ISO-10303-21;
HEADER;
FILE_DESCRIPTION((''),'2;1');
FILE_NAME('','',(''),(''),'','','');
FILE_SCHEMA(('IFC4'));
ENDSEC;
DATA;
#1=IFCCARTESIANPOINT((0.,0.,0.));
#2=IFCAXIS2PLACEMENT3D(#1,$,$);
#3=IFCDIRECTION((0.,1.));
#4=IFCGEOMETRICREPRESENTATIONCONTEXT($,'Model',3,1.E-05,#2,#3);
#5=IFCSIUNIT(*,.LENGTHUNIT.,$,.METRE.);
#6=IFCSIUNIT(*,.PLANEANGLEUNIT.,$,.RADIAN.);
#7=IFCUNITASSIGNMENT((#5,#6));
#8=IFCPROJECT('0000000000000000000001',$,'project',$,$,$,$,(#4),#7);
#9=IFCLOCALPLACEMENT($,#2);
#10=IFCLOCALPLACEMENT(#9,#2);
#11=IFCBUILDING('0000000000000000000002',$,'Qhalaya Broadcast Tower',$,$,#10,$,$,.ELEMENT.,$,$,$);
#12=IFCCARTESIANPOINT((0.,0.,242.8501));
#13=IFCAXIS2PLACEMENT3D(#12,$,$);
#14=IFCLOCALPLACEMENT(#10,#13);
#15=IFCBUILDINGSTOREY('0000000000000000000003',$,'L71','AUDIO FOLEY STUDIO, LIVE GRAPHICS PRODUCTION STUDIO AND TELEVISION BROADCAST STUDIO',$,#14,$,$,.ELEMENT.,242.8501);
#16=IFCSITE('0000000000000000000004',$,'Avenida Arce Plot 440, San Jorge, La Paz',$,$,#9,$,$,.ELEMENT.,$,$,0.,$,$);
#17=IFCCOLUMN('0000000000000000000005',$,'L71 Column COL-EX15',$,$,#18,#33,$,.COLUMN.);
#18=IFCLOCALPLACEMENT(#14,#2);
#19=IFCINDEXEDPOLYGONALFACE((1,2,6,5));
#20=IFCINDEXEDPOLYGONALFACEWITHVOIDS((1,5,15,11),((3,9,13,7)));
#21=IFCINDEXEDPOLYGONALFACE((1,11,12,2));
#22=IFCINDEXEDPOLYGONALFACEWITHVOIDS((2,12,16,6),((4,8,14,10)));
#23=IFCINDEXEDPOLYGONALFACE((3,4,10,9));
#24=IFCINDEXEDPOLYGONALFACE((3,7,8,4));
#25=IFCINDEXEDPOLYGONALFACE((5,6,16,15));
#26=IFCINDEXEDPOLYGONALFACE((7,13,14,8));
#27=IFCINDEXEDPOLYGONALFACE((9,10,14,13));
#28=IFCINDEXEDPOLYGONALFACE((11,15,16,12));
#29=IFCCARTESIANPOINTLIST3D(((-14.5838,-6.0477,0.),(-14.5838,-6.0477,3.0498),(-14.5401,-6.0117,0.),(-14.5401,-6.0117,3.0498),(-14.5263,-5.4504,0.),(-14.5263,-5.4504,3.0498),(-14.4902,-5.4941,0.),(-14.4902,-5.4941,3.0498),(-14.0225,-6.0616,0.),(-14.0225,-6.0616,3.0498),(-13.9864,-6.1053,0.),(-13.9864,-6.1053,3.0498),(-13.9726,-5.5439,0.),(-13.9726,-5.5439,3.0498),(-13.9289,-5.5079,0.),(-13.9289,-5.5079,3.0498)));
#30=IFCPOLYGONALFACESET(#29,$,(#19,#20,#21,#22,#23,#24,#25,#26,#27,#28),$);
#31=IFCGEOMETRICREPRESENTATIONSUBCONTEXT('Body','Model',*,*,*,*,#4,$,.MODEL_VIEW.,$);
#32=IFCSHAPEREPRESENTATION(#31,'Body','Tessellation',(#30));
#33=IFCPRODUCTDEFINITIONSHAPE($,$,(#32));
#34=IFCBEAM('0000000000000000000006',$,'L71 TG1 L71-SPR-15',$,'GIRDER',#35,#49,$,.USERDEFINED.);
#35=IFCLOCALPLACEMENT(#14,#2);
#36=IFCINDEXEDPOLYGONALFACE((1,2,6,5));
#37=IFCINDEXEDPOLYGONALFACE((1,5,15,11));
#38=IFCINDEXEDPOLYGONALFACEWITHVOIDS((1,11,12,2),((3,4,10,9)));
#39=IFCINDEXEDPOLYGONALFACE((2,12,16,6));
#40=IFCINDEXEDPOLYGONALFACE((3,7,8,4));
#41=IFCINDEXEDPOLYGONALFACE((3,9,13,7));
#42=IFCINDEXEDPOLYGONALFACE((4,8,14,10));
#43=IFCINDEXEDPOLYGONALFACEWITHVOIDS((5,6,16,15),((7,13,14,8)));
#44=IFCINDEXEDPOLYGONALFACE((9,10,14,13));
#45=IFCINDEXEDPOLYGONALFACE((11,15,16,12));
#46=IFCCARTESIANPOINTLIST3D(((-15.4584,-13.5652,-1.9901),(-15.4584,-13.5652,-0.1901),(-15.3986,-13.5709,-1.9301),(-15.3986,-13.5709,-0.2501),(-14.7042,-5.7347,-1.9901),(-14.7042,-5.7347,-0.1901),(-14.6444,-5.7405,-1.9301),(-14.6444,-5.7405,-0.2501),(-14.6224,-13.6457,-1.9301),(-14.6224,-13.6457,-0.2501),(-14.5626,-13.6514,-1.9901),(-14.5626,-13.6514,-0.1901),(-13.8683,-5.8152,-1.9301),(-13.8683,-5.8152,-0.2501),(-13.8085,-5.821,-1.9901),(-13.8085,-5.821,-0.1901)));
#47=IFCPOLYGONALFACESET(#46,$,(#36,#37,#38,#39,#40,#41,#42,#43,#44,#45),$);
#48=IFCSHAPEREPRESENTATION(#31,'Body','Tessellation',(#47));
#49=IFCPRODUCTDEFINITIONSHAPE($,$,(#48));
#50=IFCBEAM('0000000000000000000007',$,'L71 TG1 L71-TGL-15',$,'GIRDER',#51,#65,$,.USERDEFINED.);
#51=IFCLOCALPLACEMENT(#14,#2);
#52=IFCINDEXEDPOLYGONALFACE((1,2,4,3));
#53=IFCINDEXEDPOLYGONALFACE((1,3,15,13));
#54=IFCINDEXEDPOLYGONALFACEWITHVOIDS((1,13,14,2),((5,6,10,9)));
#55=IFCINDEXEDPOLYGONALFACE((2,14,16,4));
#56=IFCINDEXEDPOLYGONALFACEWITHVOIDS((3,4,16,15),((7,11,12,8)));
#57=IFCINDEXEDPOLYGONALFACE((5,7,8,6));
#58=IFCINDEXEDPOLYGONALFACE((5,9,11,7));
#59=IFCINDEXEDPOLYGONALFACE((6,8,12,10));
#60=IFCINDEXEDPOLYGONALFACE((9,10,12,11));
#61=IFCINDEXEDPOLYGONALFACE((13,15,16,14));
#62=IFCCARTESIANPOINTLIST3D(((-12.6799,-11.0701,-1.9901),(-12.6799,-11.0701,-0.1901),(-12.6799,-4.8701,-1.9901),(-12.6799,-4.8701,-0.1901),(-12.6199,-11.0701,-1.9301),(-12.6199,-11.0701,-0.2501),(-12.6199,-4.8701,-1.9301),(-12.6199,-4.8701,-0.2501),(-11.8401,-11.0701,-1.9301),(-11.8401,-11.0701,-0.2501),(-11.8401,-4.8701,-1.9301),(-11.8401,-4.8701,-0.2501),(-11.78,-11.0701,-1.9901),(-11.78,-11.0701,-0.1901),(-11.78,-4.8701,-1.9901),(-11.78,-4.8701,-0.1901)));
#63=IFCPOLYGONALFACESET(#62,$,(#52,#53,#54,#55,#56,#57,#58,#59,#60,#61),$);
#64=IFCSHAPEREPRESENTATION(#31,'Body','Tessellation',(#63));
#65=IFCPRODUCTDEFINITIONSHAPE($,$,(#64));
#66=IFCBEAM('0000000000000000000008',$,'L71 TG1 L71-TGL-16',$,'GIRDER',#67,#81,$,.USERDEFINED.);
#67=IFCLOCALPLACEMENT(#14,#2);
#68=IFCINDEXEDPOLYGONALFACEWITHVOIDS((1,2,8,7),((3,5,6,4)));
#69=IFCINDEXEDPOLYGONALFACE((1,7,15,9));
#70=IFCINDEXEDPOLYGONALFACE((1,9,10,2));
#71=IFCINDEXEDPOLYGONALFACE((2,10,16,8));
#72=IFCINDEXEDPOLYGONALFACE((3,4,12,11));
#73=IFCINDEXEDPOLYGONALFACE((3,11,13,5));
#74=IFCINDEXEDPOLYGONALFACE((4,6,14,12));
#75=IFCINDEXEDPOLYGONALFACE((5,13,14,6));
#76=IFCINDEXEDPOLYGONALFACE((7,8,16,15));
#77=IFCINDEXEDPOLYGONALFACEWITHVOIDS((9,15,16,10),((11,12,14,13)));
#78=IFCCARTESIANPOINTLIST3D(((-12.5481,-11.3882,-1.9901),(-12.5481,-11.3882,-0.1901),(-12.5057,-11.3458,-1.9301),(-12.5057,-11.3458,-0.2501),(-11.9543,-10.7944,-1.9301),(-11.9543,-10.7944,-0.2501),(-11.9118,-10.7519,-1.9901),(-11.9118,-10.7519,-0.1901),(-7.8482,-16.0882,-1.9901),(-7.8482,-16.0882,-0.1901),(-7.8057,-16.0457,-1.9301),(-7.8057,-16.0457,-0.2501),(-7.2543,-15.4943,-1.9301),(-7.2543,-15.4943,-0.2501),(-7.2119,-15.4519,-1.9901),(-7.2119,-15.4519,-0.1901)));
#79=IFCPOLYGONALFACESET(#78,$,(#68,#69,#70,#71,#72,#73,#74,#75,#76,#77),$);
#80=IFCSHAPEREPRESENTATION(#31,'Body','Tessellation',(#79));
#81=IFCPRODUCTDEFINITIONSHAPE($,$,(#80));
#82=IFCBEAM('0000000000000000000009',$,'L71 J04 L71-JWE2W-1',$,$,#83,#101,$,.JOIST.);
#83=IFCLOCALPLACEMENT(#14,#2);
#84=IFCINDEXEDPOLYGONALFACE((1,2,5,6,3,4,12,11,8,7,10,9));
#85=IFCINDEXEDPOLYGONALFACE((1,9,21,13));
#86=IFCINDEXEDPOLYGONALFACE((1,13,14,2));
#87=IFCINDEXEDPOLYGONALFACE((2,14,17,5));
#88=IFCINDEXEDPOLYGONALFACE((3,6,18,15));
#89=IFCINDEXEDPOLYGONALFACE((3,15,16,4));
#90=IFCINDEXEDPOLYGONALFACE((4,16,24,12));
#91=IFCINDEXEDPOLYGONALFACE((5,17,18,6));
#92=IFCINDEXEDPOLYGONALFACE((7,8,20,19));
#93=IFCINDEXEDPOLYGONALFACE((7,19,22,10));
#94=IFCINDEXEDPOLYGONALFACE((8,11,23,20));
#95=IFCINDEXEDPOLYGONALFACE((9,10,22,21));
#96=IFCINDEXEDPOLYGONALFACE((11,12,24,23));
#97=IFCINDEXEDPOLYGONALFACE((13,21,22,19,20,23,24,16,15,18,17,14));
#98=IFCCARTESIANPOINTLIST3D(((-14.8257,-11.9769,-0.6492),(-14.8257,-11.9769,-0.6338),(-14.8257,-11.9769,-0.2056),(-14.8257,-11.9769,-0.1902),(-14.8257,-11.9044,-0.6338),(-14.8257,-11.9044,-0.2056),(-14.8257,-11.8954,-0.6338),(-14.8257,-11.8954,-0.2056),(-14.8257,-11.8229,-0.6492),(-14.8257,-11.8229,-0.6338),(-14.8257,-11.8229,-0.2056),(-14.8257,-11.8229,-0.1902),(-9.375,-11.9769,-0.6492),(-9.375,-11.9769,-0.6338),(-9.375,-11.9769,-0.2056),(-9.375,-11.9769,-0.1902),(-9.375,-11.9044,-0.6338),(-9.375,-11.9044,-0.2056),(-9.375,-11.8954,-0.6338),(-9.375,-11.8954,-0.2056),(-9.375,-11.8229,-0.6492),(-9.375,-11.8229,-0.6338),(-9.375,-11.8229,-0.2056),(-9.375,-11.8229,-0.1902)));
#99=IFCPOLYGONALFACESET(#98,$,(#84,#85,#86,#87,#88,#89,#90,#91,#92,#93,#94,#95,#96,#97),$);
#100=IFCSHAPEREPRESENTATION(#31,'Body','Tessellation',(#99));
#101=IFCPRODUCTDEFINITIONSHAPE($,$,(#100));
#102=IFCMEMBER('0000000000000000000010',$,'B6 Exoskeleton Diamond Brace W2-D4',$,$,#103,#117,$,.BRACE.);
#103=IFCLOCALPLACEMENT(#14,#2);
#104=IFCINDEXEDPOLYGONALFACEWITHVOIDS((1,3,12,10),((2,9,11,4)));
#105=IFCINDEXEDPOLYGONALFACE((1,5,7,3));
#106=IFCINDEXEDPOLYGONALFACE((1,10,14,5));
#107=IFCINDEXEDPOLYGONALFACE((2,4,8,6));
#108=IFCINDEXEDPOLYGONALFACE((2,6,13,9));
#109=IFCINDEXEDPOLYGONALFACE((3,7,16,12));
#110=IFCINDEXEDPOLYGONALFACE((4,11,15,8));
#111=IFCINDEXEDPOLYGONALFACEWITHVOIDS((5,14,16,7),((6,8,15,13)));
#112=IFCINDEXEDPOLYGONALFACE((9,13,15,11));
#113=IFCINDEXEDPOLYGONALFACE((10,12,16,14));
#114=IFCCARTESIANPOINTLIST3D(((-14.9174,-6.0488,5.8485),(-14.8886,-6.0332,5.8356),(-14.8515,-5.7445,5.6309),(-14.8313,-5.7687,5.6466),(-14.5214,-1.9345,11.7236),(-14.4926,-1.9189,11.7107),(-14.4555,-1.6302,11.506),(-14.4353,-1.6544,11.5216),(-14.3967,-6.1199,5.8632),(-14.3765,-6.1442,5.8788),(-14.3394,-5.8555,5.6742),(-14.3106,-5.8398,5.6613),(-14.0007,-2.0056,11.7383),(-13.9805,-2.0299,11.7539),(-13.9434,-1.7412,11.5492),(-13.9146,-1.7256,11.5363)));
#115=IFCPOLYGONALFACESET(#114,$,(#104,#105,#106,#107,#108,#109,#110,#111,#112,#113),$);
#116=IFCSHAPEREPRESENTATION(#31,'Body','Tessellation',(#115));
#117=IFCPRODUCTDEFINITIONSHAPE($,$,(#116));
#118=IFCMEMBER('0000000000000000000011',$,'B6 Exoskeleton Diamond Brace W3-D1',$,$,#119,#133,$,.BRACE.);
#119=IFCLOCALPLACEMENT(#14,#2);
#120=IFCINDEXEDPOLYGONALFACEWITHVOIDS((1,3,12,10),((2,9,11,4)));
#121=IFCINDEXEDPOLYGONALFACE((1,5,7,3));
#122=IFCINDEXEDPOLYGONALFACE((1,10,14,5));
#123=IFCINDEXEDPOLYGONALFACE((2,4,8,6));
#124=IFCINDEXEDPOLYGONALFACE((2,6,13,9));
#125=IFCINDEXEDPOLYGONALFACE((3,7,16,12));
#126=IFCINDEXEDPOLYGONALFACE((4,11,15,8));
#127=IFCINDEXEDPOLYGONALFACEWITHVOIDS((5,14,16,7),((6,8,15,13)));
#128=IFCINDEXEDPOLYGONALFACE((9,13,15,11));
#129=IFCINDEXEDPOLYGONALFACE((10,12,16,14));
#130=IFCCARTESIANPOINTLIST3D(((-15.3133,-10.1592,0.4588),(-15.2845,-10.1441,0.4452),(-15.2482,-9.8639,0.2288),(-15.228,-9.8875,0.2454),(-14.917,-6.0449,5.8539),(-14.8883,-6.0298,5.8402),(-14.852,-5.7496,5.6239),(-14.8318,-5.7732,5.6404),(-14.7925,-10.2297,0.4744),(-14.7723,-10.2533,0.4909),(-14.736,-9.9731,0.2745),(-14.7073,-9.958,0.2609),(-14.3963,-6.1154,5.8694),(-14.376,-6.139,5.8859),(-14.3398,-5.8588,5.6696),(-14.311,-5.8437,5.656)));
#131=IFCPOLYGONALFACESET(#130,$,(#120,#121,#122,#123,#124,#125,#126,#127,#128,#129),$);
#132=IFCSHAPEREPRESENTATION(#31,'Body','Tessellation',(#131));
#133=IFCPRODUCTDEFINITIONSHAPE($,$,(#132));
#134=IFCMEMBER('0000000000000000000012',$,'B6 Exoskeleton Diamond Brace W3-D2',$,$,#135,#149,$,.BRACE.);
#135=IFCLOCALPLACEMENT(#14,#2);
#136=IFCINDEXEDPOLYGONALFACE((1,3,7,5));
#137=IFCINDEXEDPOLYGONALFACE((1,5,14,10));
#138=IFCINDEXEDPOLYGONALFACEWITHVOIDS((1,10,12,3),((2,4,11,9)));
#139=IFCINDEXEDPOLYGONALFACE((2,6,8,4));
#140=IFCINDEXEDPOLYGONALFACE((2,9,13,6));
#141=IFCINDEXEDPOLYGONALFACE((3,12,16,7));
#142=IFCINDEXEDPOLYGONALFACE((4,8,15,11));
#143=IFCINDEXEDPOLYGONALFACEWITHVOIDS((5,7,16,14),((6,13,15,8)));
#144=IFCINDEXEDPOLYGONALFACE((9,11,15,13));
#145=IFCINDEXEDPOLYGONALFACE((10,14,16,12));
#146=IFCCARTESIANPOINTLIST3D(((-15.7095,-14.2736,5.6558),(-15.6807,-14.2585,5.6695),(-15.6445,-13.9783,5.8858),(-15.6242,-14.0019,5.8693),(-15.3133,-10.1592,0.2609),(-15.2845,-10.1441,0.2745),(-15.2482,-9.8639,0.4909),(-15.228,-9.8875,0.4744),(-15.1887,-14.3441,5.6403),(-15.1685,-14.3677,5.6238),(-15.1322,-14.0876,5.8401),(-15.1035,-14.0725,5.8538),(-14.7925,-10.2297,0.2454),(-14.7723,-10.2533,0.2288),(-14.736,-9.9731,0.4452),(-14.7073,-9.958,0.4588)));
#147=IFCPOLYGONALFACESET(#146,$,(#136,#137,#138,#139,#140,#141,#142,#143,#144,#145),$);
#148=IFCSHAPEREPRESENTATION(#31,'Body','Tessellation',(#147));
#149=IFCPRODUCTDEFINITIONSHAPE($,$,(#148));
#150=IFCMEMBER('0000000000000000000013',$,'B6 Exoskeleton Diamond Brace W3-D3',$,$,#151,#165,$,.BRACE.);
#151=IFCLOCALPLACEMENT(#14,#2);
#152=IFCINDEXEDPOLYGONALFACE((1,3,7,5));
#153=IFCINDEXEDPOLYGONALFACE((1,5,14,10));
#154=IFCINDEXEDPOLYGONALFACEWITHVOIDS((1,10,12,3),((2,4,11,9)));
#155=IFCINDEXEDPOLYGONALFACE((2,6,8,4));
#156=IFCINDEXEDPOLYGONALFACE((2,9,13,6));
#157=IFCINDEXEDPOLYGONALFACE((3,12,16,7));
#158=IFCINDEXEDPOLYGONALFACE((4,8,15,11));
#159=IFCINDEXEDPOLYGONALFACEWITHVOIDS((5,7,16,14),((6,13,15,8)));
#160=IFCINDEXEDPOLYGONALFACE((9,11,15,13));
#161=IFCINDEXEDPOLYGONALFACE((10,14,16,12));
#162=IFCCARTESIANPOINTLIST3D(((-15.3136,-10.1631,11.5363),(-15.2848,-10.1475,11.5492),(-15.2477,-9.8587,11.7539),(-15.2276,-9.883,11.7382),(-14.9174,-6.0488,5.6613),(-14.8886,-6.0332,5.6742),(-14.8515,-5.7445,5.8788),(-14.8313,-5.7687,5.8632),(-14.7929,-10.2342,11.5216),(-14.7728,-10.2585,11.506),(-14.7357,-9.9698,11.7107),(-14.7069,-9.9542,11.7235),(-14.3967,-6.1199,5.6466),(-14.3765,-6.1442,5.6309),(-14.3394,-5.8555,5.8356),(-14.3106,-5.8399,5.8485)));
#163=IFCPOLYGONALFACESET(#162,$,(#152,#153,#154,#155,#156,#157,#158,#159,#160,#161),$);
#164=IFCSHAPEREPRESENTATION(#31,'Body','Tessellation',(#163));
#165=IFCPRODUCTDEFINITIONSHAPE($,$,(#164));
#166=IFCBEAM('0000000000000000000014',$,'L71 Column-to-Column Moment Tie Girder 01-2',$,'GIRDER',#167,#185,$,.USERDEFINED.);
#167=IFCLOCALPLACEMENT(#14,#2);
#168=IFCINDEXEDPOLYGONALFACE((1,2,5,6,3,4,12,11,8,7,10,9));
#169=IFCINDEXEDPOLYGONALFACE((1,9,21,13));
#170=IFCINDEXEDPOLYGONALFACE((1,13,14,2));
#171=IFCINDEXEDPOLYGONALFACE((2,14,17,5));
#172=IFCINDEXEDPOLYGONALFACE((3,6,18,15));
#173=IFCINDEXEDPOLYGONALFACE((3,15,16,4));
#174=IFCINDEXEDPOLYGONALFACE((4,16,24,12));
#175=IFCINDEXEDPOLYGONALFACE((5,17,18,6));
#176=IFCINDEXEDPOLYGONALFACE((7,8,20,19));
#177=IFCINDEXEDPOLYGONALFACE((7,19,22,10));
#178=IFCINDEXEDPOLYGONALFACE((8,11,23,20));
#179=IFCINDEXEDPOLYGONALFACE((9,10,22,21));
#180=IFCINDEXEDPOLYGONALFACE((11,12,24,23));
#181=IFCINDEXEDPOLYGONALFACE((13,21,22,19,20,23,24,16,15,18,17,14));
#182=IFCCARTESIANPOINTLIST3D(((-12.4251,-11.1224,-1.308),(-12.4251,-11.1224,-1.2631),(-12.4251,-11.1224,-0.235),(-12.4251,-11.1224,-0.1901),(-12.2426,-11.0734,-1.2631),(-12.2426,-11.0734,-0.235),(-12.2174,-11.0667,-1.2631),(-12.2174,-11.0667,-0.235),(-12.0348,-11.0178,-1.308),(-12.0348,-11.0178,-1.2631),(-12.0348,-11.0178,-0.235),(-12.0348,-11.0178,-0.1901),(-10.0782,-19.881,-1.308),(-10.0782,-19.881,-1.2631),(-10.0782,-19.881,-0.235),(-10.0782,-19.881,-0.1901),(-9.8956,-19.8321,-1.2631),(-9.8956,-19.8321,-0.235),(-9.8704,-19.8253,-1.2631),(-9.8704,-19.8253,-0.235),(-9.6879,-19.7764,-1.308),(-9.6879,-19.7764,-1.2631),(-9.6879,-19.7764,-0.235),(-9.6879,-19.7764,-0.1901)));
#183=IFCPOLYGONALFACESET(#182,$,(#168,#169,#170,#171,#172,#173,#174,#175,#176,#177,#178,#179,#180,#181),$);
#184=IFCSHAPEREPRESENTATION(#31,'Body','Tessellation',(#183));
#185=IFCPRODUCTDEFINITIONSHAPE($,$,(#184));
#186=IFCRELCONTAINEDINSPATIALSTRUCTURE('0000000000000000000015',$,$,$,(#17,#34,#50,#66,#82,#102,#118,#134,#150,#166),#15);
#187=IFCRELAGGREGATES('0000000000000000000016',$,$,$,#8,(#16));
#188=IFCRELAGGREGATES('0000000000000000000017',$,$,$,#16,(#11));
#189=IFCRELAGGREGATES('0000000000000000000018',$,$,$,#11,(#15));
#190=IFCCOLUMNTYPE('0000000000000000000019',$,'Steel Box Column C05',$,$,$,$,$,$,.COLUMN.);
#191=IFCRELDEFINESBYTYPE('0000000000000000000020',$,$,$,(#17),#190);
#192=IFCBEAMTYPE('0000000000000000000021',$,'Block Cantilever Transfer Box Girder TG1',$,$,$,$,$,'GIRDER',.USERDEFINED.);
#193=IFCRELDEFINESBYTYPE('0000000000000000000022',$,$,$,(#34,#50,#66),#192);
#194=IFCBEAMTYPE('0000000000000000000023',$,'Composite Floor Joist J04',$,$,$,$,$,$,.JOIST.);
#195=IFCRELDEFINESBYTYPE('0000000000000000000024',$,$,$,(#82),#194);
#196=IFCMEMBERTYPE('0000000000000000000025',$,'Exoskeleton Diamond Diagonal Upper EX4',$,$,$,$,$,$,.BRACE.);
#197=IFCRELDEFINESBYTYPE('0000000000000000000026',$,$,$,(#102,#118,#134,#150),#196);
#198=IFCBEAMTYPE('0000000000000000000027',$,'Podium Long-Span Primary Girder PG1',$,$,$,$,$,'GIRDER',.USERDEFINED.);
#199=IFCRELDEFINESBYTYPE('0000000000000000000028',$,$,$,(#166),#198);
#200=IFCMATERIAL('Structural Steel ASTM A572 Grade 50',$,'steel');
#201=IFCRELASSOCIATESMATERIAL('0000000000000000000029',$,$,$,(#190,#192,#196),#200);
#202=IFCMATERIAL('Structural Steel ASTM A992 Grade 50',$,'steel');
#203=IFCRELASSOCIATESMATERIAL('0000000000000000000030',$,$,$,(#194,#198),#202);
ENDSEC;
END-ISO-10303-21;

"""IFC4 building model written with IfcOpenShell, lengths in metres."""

from ifc_helpers import new_model, si_unit, direction, frame, origin, origin_2d, place, context, subcontext, project, spatial, hollow_rectangle, i_section, extrude, material, material_profile, profile_set, type_object, element, save


model = new_model("IFC4")

# Units and contexts
model_context = context("Model", 3, precision=1e-05, world=origin(), true_north=direction((0.0, 1.0)))
body_context = subcontext(model_context, "Body", "Model", "MODEL_VIEW")
ifc_project = project(units=[si_unit("LENGTHUNIT", "METRE"), si_unit("PLANEANGLEUNIT", "RADIAN")], contexts=[model_context])

# Site, building, storey
site_placement = place(None, origin())
site = spatial("IfcSite", under=ifc_project, at=site_placement, Name="Avenida Arce Plot 440, San Jorge, La Paz", CompositionType="ELEMENT", RefElevation=0.0)
building_placement = place(site_placement, origin())
building = spatial("IfcBuilding", under=site, at=building_placement, Name="Qhalaya Broadcast Tower", CompositionType="ELEMENT")
storey_placement = place(building_placement, frame((0.0, 0.0, 242.8501)))
storey = spatial("IfcBuildingStorey", under=building, at=storey_placement, Name="L71", Description="AUDIO FOLEY STUDIO, LIVE GRAPHICS PRODUCTION STUDIO AND TELEVISION BROADCAST STUDIO", CompositionType="ELEMENT", Elevation=242.8501)

# Column
ifc_material_1 = material(Name="Structural Steel ASTM A572 Grade 50", Category="steel")
ifc_material_profile_1 = material_profile(ifc_material_1, hollow_rectangle(XDim=0.6001, YDim=0.6001, WallThickness=0.04, at=origin_2d()), Name="BOX 600x600x40")
ifc_profile_set_1 = profile_set([ifc_material_profile_1], Name="Structural Steel ASTM A572 Grade 50")
column_type = type_object("IfcColumnType", Name="Steel Box Column C05", PredefinedType="COLUMN", material=ifc_profile_set_1)
column_placement = place(storey_placement, frame((-14.2563, -5.7778, 0.0), z_axis=(0.0, 0.0, 1.0), x_axis=(0.095846, 0.995396, 0.0)))
element("IfcColumn", 1, at=column_placement, inside=storey, type_object=column_type, Name="L71 Column COL-EX15", PredefinedType="COLUMN", context=body_context, shape_type="SweptSolid", body=[
    extrude(hollow_rectangle(XDim=0.6001, YDim=0.6001, WallThickness=0.04, at=origin_2d()), origin(), (0.0, 0.0, 1.0), 3.0498),
])

# Beams
ifc_material_profile_2 = material_profile(ifc_material_1, hollow_rectangle(XDim=0.8999, YDim=1.8, WallThickness=0.0601, at=origin_2d()), Name="BOX 900x1800x60")
ifc_profile_set_2 = profile_set([ifc_material_profile_2], Name="Structural Steel ASTM A572 Grade 50")
beam_type_1 = type_object("IfcBeamType", Name="Block Cantilever Transfer Box Girder TG1", ElementType="GIRDER", PredefinedType="USERDEFINED", material=ifc_profile_set_2)
beam_1_placement = place(storey_placement, frame((-14.2563, -5.7778, -1.0901), z_axis=(-0.095865, -0.995394, 0.0), x_axis=(0.995394, -0.095865, 0.0)))
element("IfcBeam", 2, at=beam_1_placement, inside=storey, type_object=beam_type_1, Name="L71 TG1 L71-SPR-15", ObjectType="GIRDER", PredefinedType="USERDEFINED", context=body_context, shape_type="SweptSolid", body=[
    extrude(hollow_rectangle(XDim=0.8999, YDim=1.8, WallThickness=0.0601, at=origin_2d()), origin(), (0.0, 0.0, 1.0), 7.8667),
])
beam_2_placement = place(storey_placement, frame((-12.23, -4.8701, -1.0901), z_axis=(0.0, -1.0, 0.0), x_axis=(1.0, 0.0, 0.0)))
element("IfcBeam", 3, at=beam_2_placement, inside=storey, type_object=beam_type_1, Name="L71 TG1 L71-TGL-15", ObjectType="GIRDER", PredefinedType="USERDEFINED", context=body_context, shape_type="SweptSolid", body=[
    extrude(hollow_rectangle(XDim=0.8999, YDim=1.8, WallThickness=0.0601, at=origin_2d()), origin(), (0.0, 0.0, 1.0), 6.2),
])
beam_3_placement = place(storey_placement, frame((-12.23, -11.0701, -1.0901), z_axis=(0.707107, -0.707107, 0.0), x_axis=(0.707107, 0.707107, 0.0)))
element("IfcBeam", 4, at=beam_3_placement, inside=storey, type_object=beam_type_1, Name="L71 TG1 L71-TGL-16", ObjectType="GIRDER", PredefinedType="USERDEFINED", context=body_context, shape_type="SweptSolid", body=[
    extrude(hollow_rectangle(XDim=0.8999, YDim=1.8, WallThickness=0.0601, at=origin_2d()), origin(), (0.0, 0.0, 1.0), 6.6467),
])
ifc_material_2 = material(Name="Structural Steel ASTM A992 Grade 50", Category="steel")
ifc_material_profile_3 = material_profile(ifc_material_2, i_section(OverallWidth=0.1541, OverallDepth=0.459, WebThickness=0.009, FlangeThickness=0.0154, at=origin_2d()), Name="W18X46")
ifc_profile_set_3 = profile_set([ifc_material_profile_3], Name="Structural Steel ASTM A992 Grade 50")
beam_type_2 = type_object("IfcBeamType", Name="Composite Floor Joist J04", PredefinedType="JOIST", material=ifc_profile_set_3)
beam_4_placement = place(storey_placement, frame((-14.8257, -11.8999, -0.4197), z_axis=(1.0, 0.0, 0.0), x_axis=(0.0, 1.0, 0.0)))
element("IfcBeam", 5, at=beam_4_placement, inside=storey, type_object=beam_type_2, Name="L71 J04 L71-JWE2W-1", PredefinedType="JOIST", context=body_context, shape_type="SweptSolid", body=[
    extrude(i_section(OverallWidth=0.1541, OverallDepth=0.459, WebThickness=0.009, FlangeThickness=0.0154, at=origin_2d()), origin(), (0.0, 0.0, 1.0), 5.4507),
])

# Members
ifc_material_profile_4 = material_profile(ifc_material_1, hollow_rectangle(XDim=0.3799, YDim=0.55, WallThickness=0.0249, at=origin_2d()), Name="BOX 380x550x25")
ifc_profile_set_4 = profile_set([ifc_material_profile_4], Name="Structural Steel ASTM A572 Grade 50")
member_type_1 = type_object("IfcMemberType", Name="Exoskeleton Diamond Diagonal Upper EX4", PredefinedType="BRACE", material=ifc_profile_set_4)
member_1_placement = place(storey_placement, frame((-14.614, -5.9443, 5.7549), z_axis=(0.055127, 0.572755, 0.817871), x_axis=(-0.173402, -0.801178, 0.572752)))
element("IfcMember", 6, at=member_1_placement, inside=storey, type_object=member_type_1, Name="B6 Exoskeleton Diamond Brace W2-D4", PredefinedType="BRACE", context=body_context, shape_type="SweptSolid", body=[
    extrude(hollow_rectangle(XDim=0.3799, YDim=0.55, WallThickness=0.0249, at=origin_2d()), origin(), (0.0, 0.0, 1.0), 7.1833),
])
for number, where, z_axis, x_axis, name in (
    (7, (-15.0103, -10.0586, 0.3599), (0.058302, 0.605363, 0.793811), (-0.171153, -0.777329, 0.605364), "B6 Exoskeleton Diamond Brace W3-D1"),
    (8, (-15.0103, -10.0586, 0.3599), (-0.058301, -0.605386, 0.793794), (0.171147, 0.777313, 0.605387), "B6 Exoskeleton Diamond Brace W3-D2"),
):
    element("IfcMember", number, at=place(storey_placement, frame(where, z_axis=z_axis, x_axis=x_axis)), inside=storey, type_object=member_type_1, Name=name, PredefinedType="BRACE", context=body_context, shape_type="SweptSolid", body=[
        extrude(hollow_rectangle(XDim=0.3799, YDim=0.55, WallThickness=0.0249, at=origin_2d()), origin(), (0.0, 0.0, 1.0), 6.7964),
    ])
member_2_placement = place(storey_placement, frame((-14.614, -5.9443, 5.7549), z_axis=(-0.055161, -0.572753, 0.81787), x_axis=(0.173449, 0.801166, 0.572755)))
element("IfcMember", 9, at=member_2_placement, inside=storey, type_object=member_type_1, Name="B6 Exoskeleton Diamond Brace W3-D3", PredefinedType="BRACE", context=body_context, shape_type="SweptSolid", body=[
    extrude(hollow_rectangle(XDim=0.3799, YDim=0.55, WallThickness=0.0249, at=origin_2d()), origin(), (0.0, 0.0, 1.0), 7.1833),
])

# Beam
ifc_material_profile_5 = material_profile(ifc_material_2, i_section(OverallWidth=0.4041, OverallDepth=1.1179, WebThickness=0.0261, FlangeThickness=0.0449, at=origin_2d()), Name="W44X335")
ifc_profile_set_5 = profile_set([ifc_material_profile_5], Name="Structural Steel ASTM A992 Grade 50")
beam_type_3 = type_object("IfcBeamType", Name="Podium Long-Span Primary Girder PG1", ElementType="GIRDER", PredefinedType="USERDEFINED", material=ifc_profile_set_5)
beam_5_placement = place(storey_placement, frame((-12.23, -11.0701, -0.749), z_axis=(0.258827, -0.965924, 0.0), x_axis=(0.965924, 0.258827, 0.0)))
element("IfcBeam", 10, at=beam_5_placement, inside=storey, type_object=beam_type_3, Name="L71 Column-to-Column Moment Tie Girder 01-2", ObjectType="GIRDER", PredefinedType="USERDEFINED", context=body_context, shape_type="SweptSolid", body=[
    extrude(i_section(OverallWidth=0.4041, OverallDepth=1.1179, WebThickness=0.0261, FlangeThickness=0.0449, at=origin_2d()), origin(), (0.0, 0.0, 1.0), 9.0676),
])

save(model, "model.ifc")
